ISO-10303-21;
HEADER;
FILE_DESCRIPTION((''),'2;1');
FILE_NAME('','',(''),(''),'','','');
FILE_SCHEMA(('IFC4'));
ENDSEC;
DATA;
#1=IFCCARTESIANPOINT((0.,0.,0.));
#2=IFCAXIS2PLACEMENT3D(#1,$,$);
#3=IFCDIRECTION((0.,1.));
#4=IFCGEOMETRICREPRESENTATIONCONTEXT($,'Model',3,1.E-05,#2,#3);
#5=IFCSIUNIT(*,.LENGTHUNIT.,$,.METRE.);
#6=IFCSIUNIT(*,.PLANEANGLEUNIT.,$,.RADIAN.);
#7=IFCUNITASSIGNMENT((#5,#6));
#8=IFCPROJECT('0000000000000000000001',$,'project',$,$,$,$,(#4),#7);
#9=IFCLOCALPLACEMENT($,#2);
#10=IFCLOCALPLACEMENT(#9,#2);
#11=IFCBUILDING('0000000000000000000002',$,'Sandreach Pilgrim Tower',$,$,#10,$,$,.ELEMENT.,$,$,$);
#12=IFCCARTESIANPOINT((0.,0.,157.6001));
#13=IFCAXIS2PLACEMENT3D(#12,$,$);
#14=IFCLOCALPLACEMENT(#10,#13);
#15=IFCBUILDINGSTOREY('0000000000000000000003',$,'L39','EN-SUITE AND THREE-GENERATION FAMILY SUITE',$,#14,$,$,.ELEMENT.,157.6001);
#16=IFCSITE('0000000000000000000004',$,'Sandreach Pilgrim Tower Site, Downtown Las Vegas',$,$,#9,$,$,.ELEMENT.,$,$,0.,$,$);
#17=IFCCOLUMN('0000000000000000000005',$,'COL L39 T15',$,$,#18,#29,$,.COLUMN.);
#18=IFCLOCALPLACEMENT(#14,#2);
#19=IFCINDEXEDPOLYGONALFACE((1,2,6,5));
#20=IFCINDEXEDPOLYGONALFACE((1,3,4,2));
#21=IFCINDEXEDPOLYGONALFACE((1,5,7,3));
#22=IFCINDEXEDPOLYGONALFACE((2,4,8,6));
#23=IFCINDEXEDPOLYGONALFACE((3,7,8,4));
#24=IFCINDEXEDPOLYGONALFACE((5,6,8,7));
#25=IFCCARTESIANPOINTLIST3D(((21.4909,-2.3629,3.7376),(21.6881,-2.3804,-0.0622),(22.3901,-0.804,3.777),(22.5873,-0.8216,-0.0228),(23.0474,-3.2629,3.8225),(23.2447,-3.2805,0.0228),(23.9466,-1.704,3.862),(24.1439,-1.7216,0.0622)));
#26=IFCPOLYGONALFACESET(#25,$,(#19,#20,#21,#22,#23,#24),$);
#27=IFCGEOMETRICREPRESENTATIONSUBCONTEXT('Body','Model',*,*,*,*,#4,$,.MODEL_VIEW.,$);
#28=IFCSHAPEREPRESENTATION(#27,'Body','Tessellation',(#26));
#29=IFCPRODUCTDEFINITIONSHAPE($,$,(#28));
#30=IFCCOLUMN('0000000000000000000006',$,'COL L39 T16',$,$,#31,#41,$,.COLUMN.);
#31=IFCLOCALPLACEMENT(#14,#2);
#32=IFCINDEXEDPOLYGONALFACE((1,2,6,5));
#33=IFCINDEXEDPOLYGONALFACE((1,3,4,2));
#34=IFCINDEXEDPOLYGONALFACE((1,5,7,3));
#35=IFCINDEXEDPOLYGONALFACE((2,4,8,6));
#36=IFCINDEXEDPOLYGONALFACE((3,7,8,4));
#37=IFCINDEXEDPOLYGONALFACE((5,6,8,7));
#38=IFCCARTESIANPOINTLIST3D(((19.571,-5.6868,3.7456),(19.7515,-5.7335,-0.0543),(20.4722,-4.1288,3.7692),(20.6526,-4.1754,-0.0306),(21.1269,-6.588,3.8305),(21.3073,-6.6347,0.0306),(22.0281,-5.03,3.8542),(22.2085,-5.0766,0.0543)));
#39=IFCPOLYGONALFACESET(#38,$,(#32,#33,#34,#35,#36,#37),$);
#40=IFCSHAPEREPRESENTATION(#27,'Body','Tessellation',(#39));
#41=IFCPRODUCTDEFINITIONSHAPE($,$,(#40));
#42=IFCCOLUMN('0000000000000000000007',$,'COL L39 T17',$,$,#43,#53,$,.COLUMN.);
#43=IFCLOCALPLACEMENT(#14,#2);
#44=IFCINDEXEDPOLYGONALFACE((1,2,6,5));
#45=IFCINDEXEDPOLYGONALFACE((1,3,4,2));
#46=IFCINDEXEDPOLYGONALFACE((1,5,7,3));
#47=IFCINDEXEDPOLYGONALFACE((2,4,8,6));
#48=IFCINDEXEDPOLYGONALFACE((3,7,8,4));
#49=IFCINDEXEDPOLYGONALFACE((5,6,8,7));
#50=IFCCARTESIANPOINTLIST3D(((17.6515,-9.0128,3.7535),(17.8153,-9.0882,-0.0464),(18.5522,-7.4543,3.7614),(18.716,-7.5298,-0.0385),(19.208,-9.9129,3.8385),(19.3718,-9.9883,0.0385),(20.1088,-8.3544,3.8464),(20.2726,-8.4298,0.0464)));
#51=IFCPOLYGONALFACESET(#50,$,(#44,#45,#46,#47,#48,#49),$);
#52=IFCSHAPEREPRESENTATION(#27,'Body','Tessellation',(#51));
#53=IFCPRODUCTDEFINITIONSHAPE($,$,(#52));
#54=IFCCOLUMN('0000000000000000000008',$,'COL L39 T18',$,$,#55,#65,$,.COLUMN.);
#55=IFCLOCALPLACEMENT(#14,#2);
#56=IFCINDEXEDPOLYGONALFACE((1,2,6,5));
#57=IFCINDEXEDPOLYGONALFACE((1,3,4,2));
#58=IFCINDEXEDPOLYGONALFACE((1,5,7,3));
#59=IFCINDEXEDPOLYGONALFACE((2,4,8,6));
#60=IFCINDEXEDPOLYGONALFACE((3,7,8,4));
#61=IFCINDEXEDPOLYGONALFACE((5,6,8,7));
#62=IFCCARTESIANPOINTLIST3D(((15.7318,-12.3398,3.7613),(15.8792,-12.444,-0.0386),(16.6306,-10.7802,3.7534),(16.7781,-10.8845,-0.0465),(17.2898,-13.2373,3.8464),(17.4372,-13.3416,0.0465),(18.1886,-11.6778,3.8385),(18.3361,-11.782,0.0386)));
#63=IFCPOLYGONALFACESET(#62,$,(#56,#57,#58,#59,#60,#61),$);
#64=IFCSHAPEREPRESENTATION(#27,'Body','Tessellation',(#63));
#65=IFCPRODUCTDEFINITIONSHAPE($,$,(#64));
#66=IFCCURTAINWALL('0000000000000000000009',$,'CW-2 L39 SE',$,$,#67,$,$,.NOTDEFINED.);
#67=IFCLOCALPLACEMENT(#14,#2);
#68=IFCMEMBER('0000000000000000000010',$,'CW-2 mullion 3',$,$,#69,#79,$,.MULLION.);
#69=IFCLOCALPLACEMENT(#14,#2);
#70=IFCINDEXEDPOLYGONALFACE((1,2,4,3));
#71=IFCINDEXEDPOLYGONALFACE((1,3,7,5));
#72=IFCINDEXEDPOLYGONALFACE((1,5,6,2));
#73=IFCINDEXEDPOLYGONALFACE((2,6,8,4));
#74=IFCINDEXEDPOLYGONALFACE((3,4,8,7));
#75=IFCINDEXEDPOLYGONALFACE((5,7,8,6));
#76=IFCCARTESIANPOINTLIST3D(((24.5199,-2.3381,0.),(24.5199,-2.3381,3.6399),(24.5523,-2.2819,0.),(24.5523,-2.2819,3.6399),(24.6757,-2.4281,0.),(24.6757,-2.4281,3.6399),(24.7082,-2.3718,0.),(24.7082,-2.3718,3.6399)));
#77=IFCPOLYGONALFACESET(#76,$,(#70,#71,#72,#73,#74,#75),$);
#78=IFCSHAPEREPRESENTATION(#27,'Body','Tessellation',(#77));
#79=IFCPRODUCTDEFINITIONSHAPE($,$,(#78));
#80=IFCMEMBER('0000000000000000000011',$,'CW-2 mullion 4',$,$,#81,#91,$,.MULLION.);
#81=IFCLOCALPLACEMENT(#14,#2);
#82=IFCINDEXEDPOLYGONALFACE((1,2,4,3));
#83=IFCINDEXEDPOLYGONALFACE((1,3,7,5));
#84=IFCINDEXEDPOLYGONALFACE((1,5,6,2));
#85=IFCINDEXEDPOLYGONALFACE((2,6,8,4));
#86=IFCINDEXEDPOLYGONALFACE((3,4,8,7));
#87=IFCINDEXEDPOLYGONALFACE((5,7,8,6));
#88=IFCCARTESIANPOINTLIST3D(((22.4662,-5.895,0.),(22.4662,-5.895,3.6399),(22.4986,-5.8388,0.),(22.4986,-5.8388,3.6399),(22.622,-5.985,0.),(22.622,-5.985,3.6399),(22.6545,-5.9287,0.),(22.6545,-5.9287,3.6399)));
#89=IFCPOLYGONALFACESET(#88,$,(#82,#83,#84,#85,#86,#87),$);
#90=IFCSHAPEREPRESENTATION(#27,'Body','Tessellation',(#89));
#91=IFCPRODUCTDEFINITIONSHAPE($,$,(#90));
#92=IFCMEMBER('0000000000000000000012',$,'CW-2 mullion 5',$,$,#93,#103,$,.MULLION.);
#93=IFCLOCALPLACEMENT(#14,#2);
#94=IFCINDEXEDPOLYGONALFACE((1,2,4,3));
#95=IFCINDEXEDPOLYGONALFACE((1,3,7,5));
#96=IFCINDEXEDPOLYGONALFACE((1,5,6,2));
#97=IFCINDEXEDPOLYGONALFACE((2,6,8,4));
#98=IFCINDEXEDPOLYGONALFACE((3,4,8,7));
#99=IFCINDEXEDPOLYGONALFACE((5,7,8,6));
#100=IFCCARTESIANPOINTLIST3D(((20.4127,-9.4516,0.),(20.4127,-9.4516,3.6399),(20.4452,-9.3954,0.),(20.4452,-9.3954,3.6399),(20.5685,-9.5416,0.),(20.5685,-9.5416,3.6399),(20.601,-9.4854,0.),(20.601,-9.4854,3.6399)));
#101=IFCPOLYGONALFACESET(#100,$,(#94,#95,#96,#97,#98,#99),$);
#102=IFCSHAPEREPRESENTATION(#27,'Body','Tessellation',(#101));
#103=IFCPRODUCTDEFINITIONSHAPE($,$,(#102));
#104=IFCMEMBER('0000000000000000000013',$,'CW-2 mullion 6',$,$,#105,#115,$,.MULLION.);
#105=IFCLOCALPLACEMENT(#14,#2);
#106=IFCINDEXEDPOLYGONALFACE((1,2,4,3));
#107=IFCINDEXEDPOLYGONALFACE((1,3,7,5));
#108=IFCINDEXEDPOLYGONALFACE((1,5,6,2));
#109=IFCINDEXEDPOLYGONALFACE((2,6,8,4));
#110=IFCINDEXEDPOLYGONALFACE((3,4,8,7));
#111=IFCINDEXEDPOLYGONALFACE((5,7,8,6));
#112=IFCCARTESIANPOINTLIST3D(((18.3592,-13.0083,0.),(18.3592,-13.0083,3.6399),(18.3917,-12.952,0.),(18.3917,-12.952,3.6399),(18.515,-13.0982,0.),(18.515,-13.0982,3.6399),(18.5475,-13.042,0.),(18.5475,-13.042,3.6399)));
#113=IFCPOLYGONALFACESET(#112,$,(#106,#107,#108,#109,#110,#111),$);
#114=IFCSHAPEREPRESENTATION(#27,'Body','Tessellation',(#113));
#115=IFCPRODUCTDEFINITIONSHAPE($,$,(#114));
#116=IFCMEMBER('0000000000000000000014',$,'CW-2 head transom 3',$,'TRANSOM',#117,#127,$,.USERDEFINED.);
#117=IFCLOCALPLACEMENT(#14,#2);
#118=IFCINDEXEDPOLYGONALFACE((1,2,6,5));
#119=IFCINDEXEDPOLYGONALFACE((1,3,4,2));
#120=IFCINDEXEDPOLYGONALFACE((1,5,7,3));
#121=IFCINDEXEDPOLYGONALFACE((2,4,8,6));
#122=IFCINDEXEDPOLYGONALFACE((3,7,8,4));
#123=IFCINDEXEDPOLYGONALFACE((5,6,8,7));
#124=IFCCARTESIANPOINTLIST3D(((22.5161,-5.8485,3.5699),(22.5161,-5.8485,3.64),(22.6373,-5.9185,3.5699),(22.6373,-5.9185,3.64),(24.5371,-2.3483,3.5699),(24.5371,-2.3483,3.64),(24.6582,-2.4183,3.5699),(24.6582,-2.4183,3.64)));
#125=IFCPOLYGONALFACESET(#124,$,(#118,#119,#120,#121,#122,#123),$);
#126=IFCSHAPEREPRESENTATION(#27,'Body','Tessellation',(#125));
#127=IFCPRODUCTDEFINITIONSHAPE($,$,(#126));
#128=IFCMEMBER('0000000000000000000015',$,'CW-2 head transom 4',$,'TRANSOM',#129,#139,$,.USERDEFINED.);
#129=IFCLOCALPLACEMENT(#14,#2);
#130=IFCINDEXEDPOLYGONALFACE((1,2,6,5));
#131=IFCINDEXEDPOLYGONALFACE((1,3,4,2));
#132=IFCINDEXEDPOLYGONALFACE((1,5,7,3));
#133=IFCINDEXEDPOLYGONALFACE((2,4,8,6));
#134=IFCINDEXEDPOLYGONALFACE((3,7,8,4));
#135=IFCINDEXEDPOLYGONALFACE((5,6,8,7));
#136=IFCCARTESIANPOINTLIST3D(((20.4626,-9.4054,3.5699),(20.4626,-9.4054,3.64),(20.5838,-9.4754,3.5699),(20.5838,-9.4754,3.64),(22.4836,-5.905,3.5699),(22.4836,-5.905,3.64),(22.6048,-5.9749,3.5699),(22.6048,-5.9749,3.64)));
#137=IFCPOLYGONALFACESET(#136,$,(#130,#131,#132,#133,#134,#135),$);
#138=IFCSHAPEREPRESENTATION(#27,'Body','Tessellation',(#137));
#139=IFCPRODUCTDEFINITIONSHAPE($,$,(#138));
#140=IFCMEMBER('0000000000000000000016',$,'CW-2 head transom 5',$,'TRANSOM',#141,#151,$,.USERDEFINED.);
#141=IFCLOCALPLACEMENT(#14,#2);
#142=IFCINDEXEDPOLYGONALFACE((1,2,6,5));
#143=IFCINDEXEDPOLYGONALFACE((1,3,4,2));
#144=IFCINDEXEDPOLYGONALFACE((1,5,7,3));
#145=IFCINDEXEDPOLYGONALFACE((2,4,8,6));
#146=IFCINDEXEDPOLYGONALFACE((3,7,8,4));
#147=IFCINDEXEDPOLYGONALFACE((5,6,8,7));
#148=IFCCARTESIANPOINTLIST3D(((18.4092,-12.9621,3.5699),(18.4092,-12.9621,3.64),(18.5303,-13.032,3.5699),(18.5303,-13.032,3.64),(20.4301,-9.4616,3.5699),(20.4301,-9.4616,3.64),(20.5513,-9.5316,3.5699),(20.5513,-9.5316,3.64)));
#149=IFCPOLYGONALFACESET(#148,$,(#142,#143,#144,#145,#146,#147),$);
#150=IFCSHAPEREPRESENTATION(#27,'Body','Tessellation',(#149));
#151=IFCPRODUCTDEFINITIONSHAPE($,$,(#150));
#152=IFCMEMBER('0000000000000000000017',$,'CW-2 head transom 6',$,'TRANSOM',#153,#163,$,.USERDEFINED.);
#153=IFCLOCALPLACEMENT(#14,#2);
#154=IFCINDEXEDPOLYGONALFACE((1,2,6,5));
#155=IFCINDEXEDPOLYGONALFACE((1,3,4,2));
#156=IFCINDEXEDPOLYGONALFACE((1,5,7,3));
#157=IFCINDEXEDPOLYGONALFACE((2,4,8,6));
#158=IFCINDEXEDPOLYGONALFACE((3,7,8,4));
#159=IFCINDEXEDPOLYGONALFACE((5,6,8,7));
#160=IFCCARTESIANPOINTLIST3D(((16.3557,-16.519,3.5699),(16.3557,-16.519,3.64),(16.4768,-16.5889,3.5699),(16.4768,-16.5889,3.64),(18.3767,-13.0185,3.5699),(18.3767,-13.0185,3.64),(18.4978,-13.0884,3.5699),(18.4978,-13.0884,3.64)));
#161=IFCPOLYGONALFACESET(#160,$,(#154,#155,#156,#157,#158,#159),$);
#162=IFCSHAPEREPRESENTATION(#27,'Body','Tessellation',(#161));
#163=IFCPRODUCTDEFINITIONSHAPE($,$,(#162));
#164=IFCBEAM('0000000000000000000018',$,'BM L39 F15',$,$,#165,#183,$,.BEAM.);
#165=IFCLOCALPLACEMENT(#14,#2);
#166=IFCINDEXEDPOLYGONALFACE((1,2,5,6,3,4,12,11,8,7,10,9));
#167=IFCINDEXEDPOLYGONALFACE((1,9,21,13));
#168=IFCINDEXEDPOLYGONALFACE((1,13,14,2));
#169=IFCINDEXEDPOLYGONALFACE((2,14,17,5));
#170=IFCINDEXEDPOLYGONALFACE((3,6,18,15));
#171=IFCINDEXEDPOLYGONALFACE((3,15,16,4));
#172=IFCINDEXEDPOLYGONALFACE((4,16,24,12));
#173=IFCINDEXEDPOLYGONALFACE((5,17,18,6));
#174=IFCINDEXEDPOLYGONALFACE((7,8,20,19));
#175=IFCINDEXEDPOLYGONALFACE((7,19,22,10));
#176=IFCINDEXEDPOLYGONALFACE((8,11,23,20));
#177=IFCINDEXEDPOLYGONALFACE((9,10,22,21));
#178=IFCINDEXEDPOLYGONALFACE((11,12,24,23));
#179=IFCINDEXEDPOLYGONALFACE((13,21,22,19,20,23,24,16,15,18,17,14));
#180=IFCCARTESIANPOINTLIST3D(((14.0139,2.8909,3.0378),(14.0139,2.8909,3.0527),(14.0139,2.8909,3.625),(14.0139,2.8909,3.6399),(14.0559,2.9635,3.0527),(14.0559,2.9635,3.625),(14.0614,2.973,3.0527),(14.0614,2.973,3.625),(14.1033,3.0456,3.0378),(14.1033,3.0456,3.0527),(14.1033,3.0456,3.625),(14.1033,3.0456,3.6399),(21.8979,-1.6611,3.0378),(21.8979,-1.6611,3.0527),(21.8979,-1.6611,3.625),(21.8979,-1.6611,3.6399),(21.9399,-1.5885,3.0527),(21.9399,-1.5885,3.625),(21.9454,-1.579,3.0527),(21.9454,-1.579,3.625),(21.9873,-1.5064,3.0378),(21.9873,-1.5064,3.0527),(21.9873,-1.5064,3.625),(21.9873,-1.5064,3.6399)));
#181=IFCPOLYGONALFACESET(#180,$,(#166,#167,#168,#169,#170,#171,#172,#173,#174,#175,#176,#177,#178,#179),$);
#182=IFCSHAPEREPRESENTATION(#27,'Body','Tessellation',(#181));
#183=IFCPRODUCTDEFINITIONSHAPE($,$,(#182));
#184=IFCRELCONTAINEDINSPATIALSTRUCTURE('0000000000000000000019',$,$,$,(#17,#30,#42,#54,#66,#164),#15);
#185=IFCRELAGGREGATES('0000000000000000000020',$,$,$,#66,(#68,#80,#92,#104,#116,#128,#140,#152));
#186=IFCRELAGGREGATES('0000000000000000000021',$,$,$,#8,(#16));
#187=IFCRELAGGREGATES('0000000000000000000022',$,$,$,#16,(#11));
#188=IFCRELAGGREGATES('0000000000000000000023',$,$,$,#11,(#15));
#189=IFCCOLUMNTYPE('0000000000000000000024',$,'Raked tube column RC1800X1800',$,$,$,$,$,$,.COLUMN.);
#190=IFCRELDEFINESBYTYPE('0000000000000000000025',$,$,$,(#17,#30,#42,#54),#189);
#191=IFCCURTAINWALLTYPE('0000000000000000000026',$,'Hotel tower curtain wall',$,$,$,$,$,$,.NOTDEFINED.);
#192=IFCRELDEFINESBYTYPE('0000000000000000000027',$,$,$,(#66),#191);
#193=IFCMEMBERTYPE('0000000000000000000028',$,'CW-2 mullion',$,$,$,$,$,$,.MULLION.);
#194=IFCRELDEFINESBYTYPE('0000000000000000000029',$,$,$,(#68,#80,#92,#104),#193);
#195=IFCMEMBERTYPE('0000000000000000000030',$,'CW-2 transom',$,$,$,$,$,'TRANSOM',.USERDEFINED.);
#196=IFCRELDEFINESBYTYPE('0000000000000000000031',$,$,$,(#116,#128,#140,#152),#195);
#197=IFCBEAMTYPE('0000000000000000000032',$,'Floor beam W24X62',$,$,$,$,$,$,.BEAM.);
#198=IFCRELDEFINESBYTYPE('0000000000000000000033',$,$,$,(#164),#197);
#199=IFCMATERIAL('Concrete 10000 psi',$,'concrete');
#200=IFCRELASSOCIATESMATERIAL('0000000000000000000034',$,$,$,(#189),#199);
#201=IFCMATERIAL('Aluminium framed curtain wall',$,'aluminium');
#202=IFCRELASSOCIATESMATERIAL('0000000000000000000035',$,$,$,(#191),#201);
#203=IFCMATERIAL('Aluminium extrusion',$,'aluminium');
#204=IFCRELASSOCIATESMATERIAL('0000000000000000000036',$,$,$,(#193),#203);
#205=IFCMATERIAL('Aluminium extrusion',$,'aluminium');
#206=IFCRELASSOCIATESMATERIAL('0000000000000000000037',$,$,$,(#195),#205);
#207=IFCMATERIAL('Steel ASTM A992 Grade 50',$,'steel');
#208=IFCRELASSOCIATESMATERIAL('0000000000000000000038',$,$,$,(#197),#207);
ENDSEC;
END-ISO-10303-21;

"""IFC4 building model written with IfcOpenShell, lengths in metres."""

from ifc_helpers import new_model, si_unit, direction, frame, origin, origin_2d, place, context, subcontext, project, spatial, rectangle, i_section, extrude, material, material_profile, profile_set, type_object, element, aggregate, save


model = new_model("IFC4")

# Units and contexts
model_context = context("Model", 3, precision=1e-05, world=origin(), true_north=direction((0.0, 1.0)))
body_context = subcontext(model_context, "Body", "Model", "MODEL_VIEW")
ifc_project = project(units=[si_unit("LENGTHUNIT", "METRE"), si_unit("PLANEANGLEUNIT", "RADIAN")], contexts=[model_context])

# Site, building, storey
site_placement = place(None, origin())
site = spatial("IfcSite", under=ifc_project, at=site_placement, Name="Sandreach Pilgrim Tower Site, Downtown Las Vegas", CompositionType="ELEMENT", RefElevation=0.0)
building_placement = place(site_placement, origin())
building = spatial("IfcBuilding", under=site, at=building_placement, Name="Sandreach Pilgrim Tower", CompositionType="ELEMENT")
storey_placement = place(building_placement, frame((0.0, 0.0, 157.6001)))
storey = spatial("IfcBuildingStorey", under=building, at=storey_placement, Name="L39", Description="EN-SUITE AND THREE-GENERATION FAMILY SUITE", CompositionType="ELEMENT", Elevation=157.6001)

# Columns
ifc_material_1 = material(Name="Concrete 10000 psi", Category="concrete")
ifc_material_profile_1 = material_profile(ifc_material_1, rectangle(XDim=1.8, YDim=1.8, at=origin_2d()), Name="RC1800X1800")
ifc_profile_set_1 = profile_set([ifc_material_profile_1], Name="Concrete 10000 psi")
column_type = type_object("IfcColumnType", Name="Raked tube column RC1800X1800", PredefinedType="COLUMN", material=ifc_profile_set_1)
column_1_placement = place(storey_placement, frame((22.916, -2.051, 0.0), z_axis=(-0.051844, 0.00462, 0.998644), x_axis=(0.864737, -0.500002, 0.047206)))
element("IfcColumn", 1, at=column_1_placement, inside=storey, type_object=column_type, Name="COL L39 T15", PredefinedType="COLUMN", context=body_context, shape_type="SweptSolid", body=[
    extrude(rectangle(XDim=1.8, YDim=1.8, at=origin_2d()), origin(), (0.0, 0.0, 1.0), 3.8049),
])
column_2_placement = place(storey_placement, frame((20.98, -5.405, 0.0), z_axis=(-0.047424, 0.012257, 0.9988), x_axis=(0.86436, -0.500656, 0.047185)))
element("IfcColumn", 2, at=column_2_placement, inside=storey, type_object=column_type, Name="COL L39 T16", PredefinedType="COLUMN", context=body_context, shape_type="SweptSolid", body=[
    extrude(rectangle(XDim=1.8, YDim=1.8, at=origin_2d()), origin(), (0.0, 0.0, 1.0), 3.8044),
])
for number, where, z_axis, x_axis, name in (
    (3, (19.0439, -8.759, 0.0), (-0.043064, 0.019831, 0.998875), (0.864722, -0.500027, 0.047207), "COL L39 T17"),
    (4, (17.1077, -12.113, 0.0), (-0.038764, 0.027404, 0.998873), (0.865526, -0.498628, 0.047269), "COL L39 T18"),
):
    element("IfcColumn", number, at=place(storey_placement, frame(where, z_axis=z_axis, x_axis=x_axis)), inside=storey, type_object=column_type, Name=name, PredefinedType="COLUMN", context=body_context, shape_type="SweptSolid", body=[
        extrude(rectangle(XDim=1.8, YDim=1.8, at=origin_2d()), origin(), (0.0, 0.0, 1.0), 3.8042),
    ])

# Curtain wall, members
ifc_material_2 = material(Name="Aluminium framed curtain wall", Category="aluminium")
curtain_wall_type = type_object("IfcCurtainWallType", Name="Hotel tower curtain wall", PredefinedType="NOTDEFINED", material=ifc_material_2)
curtain_wall_placement = place(storey_placement, origin())
curtain_wall = element("IfcCurtainWall", 5, at=curtain_wall_placement, inside=storey, type_object=curtain_wall_type, Name="CW-2 L39 SE", PredefinedType="NOTDEFINED")
ifc_material_3 = material(Name="Aluminium extrusion", Category="aluminium")
ifc_material_profile_2 = material_profile(ifc_material_3, rectangle(XDim=0.0649, YDim=0.1799, at=origin_2d()), Name="CW-2M 65X180")
ifc_profile_set_2 = profile_set([ifc_material_profile_2], Name="Aluminium extrusion")
member_type_1 = type_object("IfcMemberType", Name="CW-2 mullion", PredefinedType="MULLION", material=ifc_profile_set_2)
member_1_placement = place(storey_placement, frame((24.614, -2.355, 0.0), z_axis=(0.0, 0.0, 1.0), x_axis=(-0.5, -0.866025, 0.0)))
member_1 = element("IfcMember", 6, at=member_1_placement, type_object=member_type_1, Name="CW-2 mullion 3", PredefinedType="MULLION", context=body_context, shape_type="SweptSolid", body=[
    extrude(rectangle(XDim=0.0649, YDim=0.1799, at=origin_2d()), origin(), (0.0, 0.0, 1.0), 3.6399),
])
member_2_placement = place(storey_placement, frame((22.5603, -5.9119, 0.0), z_axis=(0.0, 0.0, 1.0), x_axis=(-0.5, -0.866025, 0.0)))
member_2 = element("IfcMember", 7, at=member_2_placement, type_object=member_type_1, Name="CW-2 mullion 4", PredefinedType="MULLION", context=body_context, shape_type="SweptSolid", body=[
    extrude(rectangle(XDim=0.0649, YDim=0.1799, at=origin_2d()), origin(), (0.0, 0.0, 1.0), 3.6399),
])
member_3_placement = place(storey_placement, frame((20.5068, -9.4685, 0.0), z_axis=(0.0, 0.0, 1.0), x_axis=(-0.5, -0.866025, 0.0)))
member_3 = element("IfcMember", 8, at=member_3_placement, type_object=member_type_1, Name="CW-2 mullion 5", PredefinedType="MULLION", context=body_context, shape_type="SweptSolid", body=[
    extrude(rectangle(XDim=0.0649, YDim=0.1799, at=origin_2d()), origin(), (0.0, 0.0, 1.0), 3.6399),
])
member_4_placement = place(storey_placement, frame((18.4534, -13.0251, 0.0), z_axis=(0.0, 0.0, 1.0), x_axis=(-0.5, -0.866025, 0.0)))
member_4 = element("IfcMember", 9, at=member_4_placement, type_object=member_type_1, Name="CW-2 mullion 6", PredefinedType="MULLION", context=body_context, shape_type="SweptSolid", body=[
    extrude(rectangle(XDim=0.0649, YDim=0.1799, at=origin_2d()), origin(), (0.0, 0.0, 1.0), 3.6399),
])
ifc_material_4 = material(Name="Aluminium extrusion", Category="aluminium")
ifc_material_profile_3 = material_profile(ifc_material_4, rectangle(XDim=0.1399, YDim=0.0701, at=origin_2d()), Name="CW-2T 140X70")
ifc_profile_set_3 = profile_set([ifc_material_profile_3], Name="Aluminium extrusion")
member_type_2 = type_object("IfcMemberType", Name="CW-2 transom", ElementType="TRANSOM", PredefinedType="USERDEFINED", material=ifc_profile_set_3)
member_5_placement = place(storey_placement, frame((24.5977, -2.3833, 3.605), z_axis=(-0.500024, -0.866012, 0.0), x_axis=(0.866012, -0.500024, 0.0)))
member_5 = element("IfcMember", 10, at=member_5_placement, type_object=member_type_2, Name="CW-2 head transom 3", ObjectType="TRANSOM", PredefinedType="USERDEFINED", context=body_context, shape_type="SweptSolid", body=[
    extrude(rectangle(XDim=0.1399, YDim=0.0701, at=origin_2d()), origin(), (0.0, 0.0, 1.0), 4.0417),
])
member_6_placement = place(storey_placement, frame((22.5442, -5.9399, 3.605), z_axis=(-0.499998, -0.866027, 0.0), x_axis=(0.866027, -0.499998, 0.0)))
member_6 = element("IfcMember", 11, at=member_6_placement, type_object=member_type_2, Name="CW-2 head transom 4", ObjectType="TRANSOM", PredefinedType="USERDEFINED", context=body_context, shape_type="SweptSolid", body=[
    extrude(rectangle(XDim=0.1399, YDim=0.0701, at=origin_2d()), origin(), (0.0, 0.0, 1.0), 4.042),
])
member_7_placement = place(storey_placement, frame((20.4907, -9.4966, 3.605), z_axis=(-0.499998, -0.866027, 0.0), x_axis=(0.866027, -0.499998, 0.0)))
member_7 = element("IfcMember", 12, at=member_7_placement, type_object=member_type_2, Name="CW-2 head transom 5", ObjectType="TRANSOM", PredefinedType="USERDEFINED", context=body_context, shape_type="SweptSolid", body=[
    extrude(rectangle(XDim=0.1399, YDim=0.0701, at=origin_2d()), origin(), (0.0, 0.0, 1.0), 4.042),
])
member_8_placement = place(storey_placement, frame((18.4373, -13.0535, 3.605), z_axis=(-0.499998, -0.866027, 0.0), x_axis=(0.866027, -0.499998, 0.0)))
member_8 = element("IfcMember", 13, at=member_8_placement, type_object=member_type_2, Name="CW-2 head transom 6", ObjectType="TRANSOM", PredefinedType="USERDEFINED", context=body_context, shape_type="SweptSolid", body=[
    extrude(rectangle(XDim=0.1399, YDim=0.0701, at=origin_2d()), origin(), (0.0, 0.0, 1.0), 4.042),
])

# Beam
ifc_material_5 = material(Name="Steel ASTM A992 Grade 50", Category="steel")
ifc_material_profile_4 = material_profile(ifc_material_5, i_section(OverallWidth=0.1787, OverallDepth=0.6021, WebThickness=0.011, FlangeThickness=0.0149, at=origin_2d()), Name="W24X62")
ifc_profile_set_4 = profile_set([ifc_material_profile_4], Name="Steel ASTM A992 Grade 50")
beam_type_1 = type_object("IfcBeamType", Name="Floor beam W24X62", PredefinedType="BEAM", material=ifc_profile_set_4)
beam_1_placement = place(storey_placement, frame((21.9426, -1.5837, 3.3389), z_axis=(-0.866018, 0.500013, 0.0), x_axis=(-0.500013, -0.866018, 0.0)))
element("IfcBeam", 14, at=beam_1_placement, inside=storey, type_object=beam_type_1, Name="BM L39 F15", PredefinedType="BEAM", context=body_context, shape_type="SweptSolid", body=[
    extrude(i_section(OverallWidth=0.1787, OverallDepth=0.6021, WebThickness=0.011, FlangeThickness=0.0149, at=origin_2d()), origin(), (0.0, 0.0, 1.0), 9.1038),
])

aggregate(curtain_wall, [member_1, member_2, member_3, member_4, member_5, member_6, member_7, member_8])

save(model, "model.ifc")
